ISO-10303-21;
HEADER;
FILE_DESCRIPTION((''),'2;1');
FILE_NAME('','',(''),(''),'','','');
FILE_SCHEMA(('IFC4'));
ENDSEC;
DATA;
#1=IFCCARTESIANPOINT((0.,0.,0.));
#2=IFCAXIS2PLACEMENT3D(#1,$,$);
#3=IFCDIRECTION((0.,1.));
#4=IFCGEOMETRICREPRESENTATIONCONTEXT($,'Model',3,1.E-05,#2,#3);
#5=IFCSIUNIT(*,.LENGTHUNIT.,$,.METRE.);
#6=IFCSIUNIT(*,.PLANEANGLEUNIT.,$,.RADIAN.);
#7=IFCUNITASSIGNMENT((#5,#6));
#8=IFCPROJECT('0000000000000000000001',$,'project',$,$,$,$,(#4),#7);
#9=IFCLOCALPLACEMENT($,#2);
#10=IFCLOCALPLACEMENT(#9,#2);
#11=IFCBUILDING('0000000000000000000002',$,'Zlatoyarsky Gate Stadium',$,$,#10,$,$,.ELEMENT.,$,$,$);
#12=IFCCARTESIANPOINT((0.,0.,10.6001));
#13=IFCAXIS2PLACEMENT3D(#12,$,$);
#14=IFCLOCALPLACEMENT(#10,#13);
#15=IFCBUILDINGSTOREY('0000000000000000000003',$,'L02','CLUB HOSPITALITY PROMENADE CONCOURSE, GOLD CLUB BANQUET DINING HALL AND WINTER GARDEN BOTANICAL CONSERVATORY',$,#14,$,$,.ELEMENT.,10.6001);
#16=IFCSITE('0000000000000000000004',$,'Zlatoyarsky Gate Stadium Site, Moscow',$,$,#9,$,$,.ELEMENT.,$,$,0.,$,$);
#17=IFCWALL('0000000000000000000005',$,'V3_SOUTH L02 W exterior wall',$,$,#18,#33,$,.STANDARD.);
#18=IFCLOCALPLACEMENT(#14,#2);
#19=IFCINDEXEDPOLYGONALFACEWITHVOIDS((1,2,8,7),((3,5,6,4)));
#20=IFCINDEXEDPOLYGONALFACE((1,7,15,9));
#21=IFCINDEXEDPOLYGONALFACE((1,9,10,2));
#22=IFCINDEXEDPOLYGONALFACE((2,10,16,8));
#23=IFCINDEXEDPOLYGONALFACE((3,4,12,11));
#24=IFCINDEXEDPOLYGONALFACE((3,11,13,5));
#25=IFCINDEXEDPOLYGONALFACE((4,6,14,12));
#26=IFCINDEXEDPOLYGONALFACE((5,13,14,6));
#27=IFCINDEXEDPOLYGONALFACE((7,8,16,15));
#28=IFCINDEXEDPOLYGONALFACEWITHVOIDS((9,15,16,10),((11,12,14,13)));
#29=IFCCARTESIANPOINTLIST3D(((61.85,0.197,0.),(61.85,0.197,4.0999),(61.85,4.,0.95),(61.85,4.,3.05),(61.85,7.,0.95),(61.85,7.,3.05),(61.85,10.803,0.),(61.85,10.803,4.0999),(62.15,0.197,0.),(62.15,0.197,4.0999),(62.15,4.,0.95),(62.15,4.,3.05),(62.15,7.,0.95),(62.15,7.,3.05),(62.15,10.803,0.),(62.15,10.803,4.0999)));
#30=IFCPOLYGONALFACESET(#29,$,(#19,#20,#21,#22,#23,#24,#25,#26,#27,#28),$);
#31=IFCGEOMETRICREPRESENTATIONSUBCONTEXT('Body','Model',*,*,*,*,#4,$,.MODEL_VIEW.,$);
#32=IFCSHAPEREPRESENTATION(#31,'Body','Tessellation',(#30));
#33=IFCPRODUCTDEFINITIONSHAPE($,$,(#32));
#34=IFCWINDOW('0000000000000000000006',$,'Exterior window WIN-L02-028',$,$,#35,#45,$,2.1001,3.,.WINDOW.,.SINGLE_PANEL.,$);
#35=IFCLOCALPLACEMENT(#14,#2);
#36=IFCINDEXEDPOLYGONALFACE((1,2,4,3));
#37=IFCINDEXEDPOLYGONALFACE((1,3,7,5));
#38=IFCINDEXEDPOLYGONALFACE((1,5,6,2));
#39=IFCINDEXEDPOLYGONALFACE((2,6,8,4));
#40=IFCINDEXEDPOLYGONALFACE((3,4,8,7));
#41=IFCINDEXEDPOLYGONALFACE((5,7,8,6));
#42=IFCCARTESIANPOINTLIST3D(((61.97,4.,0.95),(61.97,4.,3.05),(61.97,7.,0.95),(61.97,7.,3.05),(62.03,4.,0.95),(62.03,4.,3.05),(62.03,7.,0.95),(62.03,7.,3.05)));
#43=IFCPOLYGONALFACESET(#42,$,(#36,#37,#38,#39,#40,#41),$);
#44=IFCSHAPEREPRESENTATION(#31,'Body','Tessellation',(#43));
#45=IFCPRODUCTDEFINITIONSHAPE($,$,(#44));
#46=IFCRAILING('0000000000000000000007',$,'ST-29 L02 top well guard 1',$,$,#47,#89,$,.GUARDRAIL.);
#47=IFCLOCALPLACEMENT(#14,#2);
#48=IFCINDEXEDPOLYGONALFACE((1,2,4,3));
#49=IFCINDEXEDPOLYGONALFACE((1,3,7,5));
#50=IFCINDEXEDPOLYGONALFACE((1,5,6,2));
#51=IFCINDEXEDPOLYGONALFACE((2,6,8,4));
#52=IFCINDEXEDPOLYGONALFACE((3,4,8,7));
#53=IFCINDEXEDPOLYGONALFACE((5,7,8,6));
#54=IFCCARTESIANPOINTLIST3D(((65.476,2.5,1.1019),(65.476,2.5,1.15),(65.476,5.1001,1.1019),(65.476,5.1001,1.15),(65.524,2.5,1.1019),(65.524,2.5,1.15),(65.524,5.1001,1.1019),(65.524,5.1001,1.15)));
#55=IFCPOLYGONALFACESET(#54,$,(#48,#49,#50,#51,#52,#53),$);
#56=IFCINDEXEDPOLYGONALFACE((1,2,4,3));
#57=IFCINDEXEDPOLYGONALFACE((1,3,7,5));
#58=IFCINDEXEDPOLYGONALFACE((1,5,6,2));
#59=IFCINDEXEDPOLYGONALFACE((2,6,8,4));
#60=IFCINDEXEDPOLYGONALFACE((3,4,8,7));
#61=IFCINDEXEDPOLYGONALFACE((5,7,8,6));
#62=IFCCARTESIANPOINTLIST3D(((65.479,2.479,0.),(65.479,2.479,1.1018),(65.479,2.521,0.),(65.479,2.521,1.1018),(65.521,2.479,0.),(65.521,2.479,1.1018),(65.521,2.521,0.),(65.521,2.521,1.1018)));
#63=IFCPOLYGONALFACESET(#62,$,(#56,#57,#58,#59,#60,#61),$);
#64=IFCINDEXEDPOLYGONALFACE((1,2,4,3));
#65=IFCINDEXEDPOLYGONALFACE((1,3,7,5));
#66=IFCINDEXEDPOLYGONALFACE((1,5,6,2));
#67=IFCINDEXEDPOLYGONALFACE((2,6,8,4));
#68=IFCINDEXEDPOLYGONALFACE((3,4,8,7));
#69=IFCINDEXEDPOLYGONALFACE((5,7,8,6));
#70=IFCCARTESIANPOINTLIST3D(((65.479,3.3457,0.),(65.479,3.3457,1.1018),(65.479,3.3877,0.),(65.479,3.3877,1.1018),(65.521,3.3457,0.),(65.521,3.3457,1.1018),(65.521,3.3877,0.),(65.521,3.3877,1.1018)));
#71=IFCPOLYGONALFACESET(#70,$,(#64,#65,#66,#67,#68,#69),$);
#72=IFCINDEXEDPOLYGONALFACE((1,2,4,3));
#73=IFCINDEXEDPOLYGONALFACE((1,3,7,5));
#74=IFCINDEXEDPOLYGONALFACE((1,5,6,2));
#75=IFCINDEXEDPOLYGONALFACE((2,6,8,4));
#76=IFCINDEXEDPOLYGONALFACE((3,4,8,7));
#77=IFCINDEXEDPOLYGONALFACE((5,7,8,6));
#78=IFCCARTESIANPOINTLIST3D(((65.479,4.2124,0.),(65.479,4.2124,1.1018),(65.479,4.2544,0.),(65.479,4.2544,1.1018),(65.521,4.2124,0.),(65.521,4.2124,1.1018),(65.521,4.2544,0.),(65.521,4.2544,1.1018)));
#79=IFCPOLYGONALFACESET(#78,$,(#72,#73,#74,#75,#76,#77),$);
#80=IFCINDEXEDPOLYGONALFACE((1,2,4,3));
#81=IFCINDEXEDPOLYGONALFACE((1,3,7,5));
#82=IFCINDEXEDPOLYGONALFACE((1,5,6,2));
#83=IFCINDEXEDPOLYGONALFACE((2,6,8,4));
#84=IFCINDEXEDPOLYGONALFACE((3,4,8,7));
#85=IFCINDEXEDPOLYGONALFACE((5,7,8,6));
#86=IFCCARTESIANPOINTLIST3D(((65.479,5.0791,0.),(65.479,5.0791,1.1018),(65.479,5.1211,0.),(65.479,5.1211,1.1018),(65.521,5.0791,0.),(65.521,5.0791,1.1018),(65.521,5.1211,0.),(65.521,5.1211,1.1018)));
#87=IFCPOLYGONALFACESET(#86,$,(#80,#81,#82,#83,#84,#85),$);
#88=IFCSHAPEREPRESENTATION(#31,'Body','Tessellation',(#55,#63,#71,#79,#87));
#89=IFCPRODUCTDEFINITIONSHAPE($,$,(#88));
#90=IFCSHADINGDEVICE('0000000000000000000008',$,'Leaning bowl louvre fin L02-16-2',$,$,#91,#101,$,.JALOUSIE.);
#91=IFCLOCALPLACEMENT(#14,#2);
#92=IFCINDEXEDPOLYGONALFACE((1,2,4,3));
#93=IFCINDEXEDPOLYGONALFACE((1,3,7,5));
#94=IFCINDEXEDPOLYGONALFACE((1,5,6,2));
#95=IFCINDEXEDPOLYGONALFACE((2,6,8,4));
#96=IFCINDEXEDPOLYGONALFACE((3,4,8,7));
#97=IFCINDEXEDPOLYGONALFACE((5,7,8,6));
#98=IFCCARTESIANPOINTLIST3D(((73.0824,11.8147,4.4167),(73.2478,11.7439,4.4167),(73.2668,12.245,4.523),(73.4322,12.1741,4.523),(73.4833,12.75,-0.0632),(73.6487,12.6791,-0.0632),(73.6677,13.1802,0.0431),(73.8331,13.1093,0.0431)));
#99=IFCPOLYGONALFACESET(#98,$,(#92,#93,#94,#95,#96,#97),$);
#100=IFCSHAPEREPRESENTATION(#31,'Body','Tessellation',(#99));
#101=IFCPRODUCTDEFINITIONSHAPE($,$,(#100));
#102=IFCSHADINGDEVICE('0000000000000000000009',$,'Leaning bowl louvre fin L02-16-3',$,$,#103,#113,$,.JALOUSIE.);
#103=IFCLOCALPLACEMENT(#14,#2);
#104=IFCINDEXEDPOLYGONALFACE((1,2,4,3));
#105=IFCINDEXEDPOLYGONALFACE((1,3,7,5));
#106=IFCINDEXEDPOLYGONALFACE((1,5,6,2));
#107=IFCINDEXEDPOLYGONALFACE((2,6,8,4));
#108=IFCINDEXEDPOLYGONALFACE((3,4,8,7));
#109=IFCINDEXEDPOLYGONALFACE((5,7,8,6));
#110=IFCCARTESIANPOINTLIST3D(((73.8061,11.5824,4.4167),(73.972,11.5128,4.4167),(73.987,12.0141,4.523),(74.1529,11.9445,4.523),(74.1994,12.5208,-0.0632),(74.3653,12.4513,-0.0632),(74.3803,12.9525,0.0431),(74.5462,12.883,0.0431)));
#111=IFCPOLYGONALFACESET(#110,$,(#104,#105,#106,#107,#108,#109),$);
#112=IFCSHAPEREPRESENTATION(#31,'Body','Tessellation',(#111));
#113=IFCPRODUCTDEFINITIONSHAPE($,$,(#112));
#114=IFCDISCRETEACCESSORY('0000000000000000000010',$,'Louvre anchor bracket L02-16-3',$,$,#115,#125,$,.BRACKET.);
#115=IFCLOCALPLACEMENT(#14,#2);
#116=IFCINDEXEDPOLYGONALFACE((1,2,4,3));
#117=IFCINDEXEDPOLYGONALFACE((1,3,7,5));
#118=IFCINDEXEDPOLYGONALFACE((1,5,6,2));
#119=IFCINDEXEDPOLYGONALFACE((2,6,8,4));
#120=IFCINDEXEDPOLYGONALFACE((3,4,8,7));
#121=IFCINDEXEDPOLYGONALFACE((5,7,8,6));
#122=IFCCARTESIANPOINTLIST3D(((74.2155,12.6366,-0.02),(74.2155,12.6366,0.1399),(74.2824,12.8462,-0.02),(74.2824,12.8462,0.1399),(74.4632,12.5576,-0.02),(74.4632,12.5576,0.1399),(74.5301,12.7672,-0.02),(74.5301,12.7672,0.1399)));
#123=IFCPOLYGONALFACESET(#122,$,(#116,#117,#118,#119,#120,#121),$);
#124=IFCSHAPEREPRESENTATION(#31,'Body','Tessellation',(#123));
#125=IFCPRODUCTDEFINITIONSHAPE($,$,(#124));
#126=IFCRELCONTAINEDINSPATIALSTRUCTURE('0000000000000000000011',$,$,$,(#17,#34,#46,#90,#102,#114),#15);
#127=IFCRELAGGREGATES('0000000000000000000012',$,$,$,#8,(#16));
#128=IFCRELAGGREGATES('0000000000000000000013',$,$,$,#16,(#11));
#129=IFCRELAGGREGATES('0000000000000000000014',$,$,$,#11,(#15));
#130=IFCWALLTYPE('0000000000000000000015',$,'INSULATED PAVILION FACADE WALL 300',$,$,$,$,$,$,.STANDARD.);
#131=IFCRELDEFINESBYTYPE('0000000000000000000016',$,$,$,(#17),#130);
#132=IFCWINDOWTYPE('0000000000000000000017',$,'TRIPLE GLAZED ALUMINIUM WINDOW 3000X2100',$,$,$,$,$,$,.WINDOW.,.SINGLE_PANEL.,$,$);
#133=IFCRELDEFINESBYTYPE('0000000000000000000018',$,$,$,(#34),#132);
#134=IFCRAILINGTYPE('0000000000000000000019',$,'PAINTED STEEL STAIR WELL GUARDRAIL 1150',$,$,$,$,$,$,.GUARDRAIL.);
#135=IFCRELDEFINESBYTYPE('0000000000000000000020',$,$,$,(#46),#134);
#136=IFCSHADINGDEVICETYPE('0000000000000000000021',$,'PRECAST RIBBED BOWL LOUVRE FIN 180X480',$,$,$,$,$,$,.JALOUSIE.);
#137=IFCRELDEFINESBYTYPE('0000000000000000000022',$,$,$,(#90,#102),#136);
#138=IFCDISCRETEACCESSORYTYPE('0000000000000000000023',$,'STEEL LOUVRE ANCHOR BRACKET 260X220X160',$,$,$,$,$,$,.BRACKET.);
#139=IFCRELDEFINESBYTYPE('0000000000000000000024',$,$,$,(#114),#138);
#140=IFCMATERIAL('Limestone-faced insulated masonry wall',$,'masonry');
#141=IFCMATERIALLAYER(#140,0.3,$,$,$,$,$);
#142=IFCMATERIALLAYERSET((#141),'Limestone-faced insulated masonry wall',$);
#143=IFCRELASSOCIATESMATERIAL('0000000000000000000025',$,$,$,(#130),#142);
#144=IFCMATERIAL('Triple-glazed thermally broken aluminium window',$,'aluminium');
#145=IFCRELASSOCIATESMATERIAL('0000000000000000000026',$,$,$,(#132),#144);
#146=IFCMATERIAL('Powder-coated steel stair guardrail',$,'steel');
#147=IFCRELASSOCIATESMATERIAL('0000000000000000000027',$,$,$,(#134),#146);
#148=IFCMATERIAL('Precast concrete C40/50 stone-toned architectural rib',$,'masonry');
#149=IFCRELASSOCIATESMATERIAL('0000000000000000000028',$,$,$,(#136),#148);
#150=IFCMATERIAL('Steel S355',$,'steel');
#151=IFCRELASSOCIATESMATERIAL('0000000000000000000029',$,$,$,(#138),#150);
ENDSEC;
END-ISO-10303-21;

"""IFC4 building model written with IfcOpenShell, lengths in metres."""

from ifc_helpers import new_model, si_unit, direction, frame, frame_2d, origin, origin_2d, place, context, subcontext, project, spatial, rectangle, extrude, material, layer, layer_set, material_profile, profile_set, type_object, element, fill, save


model = new_model("IFC4")

# Units and contexts
model_context = context("Model", 3, precision=1e-05, world=origin(), true_north=direction((0.0, 1.0)))
body_context = subcontext(model_context, "Body", "Model", "MODEL_VIEW")
ifc_project = project(units=[si_unit("LENGTHUNIT", "METRE"), si_unit("PLANEANGLEUNIT", "RADIAN")], contexts=[model_context])

# Site, building, storey
site_placement = place(None, origin())
site = spatial("IfcSite", under=ifc_project, at=site_placement, Name="Zlatoyarsky Gate Stadium Site, Moscow", CompositionType="ELEMENT", RefElevation=0.0)
building_placement = place(site_placement, origin())
building = spatial("IfcBuilding", under=site, at=building_placement, Name="Zlatoyarsky Gate Stadium", CompositionType="ELEMENT")
storey_placement = place(building_placement, frame((0.0, 0.0, 10.6001)))
storey = spatial("IfcBuildingStorey", under=building, at=storey_placement, Name="L02", Description="CLUB HOSPITALITY PROMENADE CONCOURSE, GOLD CLUB BANQUET DINING HALL AND WINTER GARDEN BOTANICAL CONSERVATORY", CompositionType="ELEMENT", Elevation=10.6001)

# Shared definitions
ifc_material_1 = material(Name="Steel S355", Category="steel")

# Wall, opening, window
ifc_material_2 = material(Name="Limestone-faced insulated masonry wall", Category="masonry")
ifc_layer_1 = layer(ifc_material_2, 0.3)
ifc_layer_set_1 = layer_set([ifc_layer_1], Name="Limestone-faced insulated masonry wall")
wall_type_1 = type_object("IfcWallType", Name="INSULATED PAVILION FACADE WALL 300", PredefinedType="STANDARD", material=ifc_layer_set_1)
ifc_material_3 = material(Name="Triple-glazed thermally broken aluminium window", Category="aluminium")
wall_1_placement = place(storey_placement, frame((62.0, 0.197, 0.0), z_axis=(0.0, 0.0, 1.0), x_axis=(0.0, 1.0, 0.0)))
wall_1 = element("IfcWall", 1, at=wall_1_placement, inside=storey, type_object=wall_type_1, Name="V3_SOUTH L02 W exterior wall", PredefinedType="STANDARD", context=body_context, shape_type="SweptSolid", body=[
    extrude(rectangle(XDim=10.606, YDim=0.3, at=frame_2d((5.303, 0.0))), origin(), (0.0, 0.0, 1.0), 4.0999),
])
opening_1_placement = place(wall_1_placement, frame((3.803, 0.0, 0.95)))
opening_1 = element("IfcOpeningElement", 2, at=opening_1_placement, cuts=wall_1, PredefinedType="OPENING", context=body_context, shape_type="SweptSolid", body=[
    extrude(rectangle(XDim=3.0, YDim=2.1001, at=frame_2d((1.5, 1.05))), frame((0.0, 0.1599, 0.0), z_axis=(0.0, -1.0, 0.0), x_axis=(1.0, 0.0, 0.0)), (0.0, 0.0, 1.0), 0.3201),
])
window_type_1 = type_object("IfcWindowType", Name="TRIPLE GLAZED ALUMINIUM WINDOW 3000X2100", PartitioningType="SINGLE_PANEL", PredefinedType="WINDOW", material=ifc_material_3)
window_1_placement = place(opening_1_placement, origin())
window_1 = element("IfcWindow", 3, at=window_1_placement, inside=storey, type_object=window_type_1, Name="Exterior window WIN-L02-028", OverallHeight=2.1001, OverallWidth=3.0, PartitioningType="SINGLE_PANEL", PredefinedType="WINDOW", context=body_context, shape_type="SweptSolid", body=[
    extrude(rectangle(XDim=3.0, YDim=2.1001, at=frame_2d((1.5, 1.05))), frame((0.0, 0.03, 0.0), z_axis=(0.0, -1.0, 0.0), x_axis=(1.0, 0.0, 0.0)), (0.0, 0.0, 1.0), 0.0601),
])
fill(opening_1, window_1)

# Railing
ifc_material_4 = material(Name="Powder-coated steel stair guardrail", Category="steel")
railing_type_1 = type_object("IfcRailingType", Name="PAINTED STEEL STAIR WELL GUARDRAIL 1150", PredefinedType="GUARDRAIL", material=ifc_material_4)
railing_1_placement = place(storey_placement, frame((65.5, 2.5, 0.0)))
element("IfcRailing", 4, at=railing_1_placement, inside=storey, type_object=railing_type_1, Name="ST-29 L02 top well guard 1", PredefinedType="GUARDRAIL", context=body_context, shape_type="SweptSolid", body=[
    extrude(rectangle(XDim=0.0481, YDim=0.0481, at=origin_2d()), frame((0.0, 0.0, 1.126), z_axis=(0.0, 1.0, 0.0), x_axis=(-1.0, 0.0, 0.0)), (0.0, 0.0, 1.0), 2.6001),
    extrude(rectangle(XDim=0.042, YDim=0.042, at=origin_2d()), origin(), (0.0, 0.0, 1.0), 1.1018),
    extrude(rectangle(XDim=0.042, YDim=0.042, at=origin_2d()), frame((0.0, 0.8667, 0.0)), (0.0, 0.0, 1.0), 1.1018),
    extrude(rectangle(XDim=0.042, YDim=0.042, at=origin_2d()), frame((0.0, 1.7334, 0.0)), (0.0, 0.0, 1.0), 1.1018),
    extrude(rectangle(XDim=0.042, YDim=0.042, at=origin_2d()), frame((0.0, 2.6001, 0.0)), (0.0, 0.0, 1.0), 1.1018),
])

# Shading devices
ifc_material_5 = material(Name="Precast concrete C40/50 stone-toned architectural rib", Category="masonry")
ifc_material_profile_1 = material_profile(ifc_material_5, rectangle(XDim=0.1799, YDim=0.48, at=origin_2d()), Name="RIB 180X480")
ifc_profile_set_1 = profile_set([ifc_material_profile_1], Name="Precast concrete C40/50 stone-toned architectural rib")
shading_device_type = type_object("IfcShadingDeviceType", Name="PRECAST RIBBED BOWL LOUVRE FIN 180X480", PredefinedType="JALOUSIE", material=ifc_profile_set_1)
for number, where, z_axis, x_axis, name in (
    (5, (73.6582, 12.9297, -0.01), (-0.08726, -0.203588, 0.97516), (0.919133, -0.393948, 0.0), "Leaning bowl louvre fin L02-16-2"),
    (6, (74.3728, 12.7019, -0.01), (-0.085612, -0.204279, 0.975162), (0.92228, -0.386523, 0.0), "Leaning bowl louvre fin L02-16-3"),
):
    element("IfcShadingDevice", number, at=place(storey_placement, frame(where, z_axis=z_axis, x_axis=x_axis)), inside=storey, type_object=shading_device_type, Name=name, PredefinedType="JALOUSIE", context=body_context, shape_type="SweptSolid", body=[
        extrude(rectangle(XDim=0.1799, YDim=0.48, at=origin_2d()), origin(), (0.0, 0.0, 1.0), 4.594),
    ])

# Discrete accessory
discrete_accessory_type = type_object("IfcDiscreteAccessoryType", Name="STEEL LOUVRE ANCHOR BRACKET 260X220X160", PredefinedType="BRACKET", material=ifc_material_1)
discrete_accessory_placement = place(storey_placement, frame((74.3728, 12.7019, -0.02), z_axis=(0.0, 0.0, 1.0), x_axis=(0.952731, -0.303815, 0.0)))
element("IfcDiscreteAccessory", 7, at=discrete_accessory_placement, inside=storey, type_object=discrete_accessory_type, Name="Louvre anchor bracket L02-16-3", PredefinedType="BRACKET", context=body_context, shape_type="SweptSolid", body=[
    extrude(rectangle(XDim=0.26, YDim=0.22, at=origin_2d()), origin(), (0.0, 0.0, 1.0), 0.1599),
])

save(model, "model.ifc")
